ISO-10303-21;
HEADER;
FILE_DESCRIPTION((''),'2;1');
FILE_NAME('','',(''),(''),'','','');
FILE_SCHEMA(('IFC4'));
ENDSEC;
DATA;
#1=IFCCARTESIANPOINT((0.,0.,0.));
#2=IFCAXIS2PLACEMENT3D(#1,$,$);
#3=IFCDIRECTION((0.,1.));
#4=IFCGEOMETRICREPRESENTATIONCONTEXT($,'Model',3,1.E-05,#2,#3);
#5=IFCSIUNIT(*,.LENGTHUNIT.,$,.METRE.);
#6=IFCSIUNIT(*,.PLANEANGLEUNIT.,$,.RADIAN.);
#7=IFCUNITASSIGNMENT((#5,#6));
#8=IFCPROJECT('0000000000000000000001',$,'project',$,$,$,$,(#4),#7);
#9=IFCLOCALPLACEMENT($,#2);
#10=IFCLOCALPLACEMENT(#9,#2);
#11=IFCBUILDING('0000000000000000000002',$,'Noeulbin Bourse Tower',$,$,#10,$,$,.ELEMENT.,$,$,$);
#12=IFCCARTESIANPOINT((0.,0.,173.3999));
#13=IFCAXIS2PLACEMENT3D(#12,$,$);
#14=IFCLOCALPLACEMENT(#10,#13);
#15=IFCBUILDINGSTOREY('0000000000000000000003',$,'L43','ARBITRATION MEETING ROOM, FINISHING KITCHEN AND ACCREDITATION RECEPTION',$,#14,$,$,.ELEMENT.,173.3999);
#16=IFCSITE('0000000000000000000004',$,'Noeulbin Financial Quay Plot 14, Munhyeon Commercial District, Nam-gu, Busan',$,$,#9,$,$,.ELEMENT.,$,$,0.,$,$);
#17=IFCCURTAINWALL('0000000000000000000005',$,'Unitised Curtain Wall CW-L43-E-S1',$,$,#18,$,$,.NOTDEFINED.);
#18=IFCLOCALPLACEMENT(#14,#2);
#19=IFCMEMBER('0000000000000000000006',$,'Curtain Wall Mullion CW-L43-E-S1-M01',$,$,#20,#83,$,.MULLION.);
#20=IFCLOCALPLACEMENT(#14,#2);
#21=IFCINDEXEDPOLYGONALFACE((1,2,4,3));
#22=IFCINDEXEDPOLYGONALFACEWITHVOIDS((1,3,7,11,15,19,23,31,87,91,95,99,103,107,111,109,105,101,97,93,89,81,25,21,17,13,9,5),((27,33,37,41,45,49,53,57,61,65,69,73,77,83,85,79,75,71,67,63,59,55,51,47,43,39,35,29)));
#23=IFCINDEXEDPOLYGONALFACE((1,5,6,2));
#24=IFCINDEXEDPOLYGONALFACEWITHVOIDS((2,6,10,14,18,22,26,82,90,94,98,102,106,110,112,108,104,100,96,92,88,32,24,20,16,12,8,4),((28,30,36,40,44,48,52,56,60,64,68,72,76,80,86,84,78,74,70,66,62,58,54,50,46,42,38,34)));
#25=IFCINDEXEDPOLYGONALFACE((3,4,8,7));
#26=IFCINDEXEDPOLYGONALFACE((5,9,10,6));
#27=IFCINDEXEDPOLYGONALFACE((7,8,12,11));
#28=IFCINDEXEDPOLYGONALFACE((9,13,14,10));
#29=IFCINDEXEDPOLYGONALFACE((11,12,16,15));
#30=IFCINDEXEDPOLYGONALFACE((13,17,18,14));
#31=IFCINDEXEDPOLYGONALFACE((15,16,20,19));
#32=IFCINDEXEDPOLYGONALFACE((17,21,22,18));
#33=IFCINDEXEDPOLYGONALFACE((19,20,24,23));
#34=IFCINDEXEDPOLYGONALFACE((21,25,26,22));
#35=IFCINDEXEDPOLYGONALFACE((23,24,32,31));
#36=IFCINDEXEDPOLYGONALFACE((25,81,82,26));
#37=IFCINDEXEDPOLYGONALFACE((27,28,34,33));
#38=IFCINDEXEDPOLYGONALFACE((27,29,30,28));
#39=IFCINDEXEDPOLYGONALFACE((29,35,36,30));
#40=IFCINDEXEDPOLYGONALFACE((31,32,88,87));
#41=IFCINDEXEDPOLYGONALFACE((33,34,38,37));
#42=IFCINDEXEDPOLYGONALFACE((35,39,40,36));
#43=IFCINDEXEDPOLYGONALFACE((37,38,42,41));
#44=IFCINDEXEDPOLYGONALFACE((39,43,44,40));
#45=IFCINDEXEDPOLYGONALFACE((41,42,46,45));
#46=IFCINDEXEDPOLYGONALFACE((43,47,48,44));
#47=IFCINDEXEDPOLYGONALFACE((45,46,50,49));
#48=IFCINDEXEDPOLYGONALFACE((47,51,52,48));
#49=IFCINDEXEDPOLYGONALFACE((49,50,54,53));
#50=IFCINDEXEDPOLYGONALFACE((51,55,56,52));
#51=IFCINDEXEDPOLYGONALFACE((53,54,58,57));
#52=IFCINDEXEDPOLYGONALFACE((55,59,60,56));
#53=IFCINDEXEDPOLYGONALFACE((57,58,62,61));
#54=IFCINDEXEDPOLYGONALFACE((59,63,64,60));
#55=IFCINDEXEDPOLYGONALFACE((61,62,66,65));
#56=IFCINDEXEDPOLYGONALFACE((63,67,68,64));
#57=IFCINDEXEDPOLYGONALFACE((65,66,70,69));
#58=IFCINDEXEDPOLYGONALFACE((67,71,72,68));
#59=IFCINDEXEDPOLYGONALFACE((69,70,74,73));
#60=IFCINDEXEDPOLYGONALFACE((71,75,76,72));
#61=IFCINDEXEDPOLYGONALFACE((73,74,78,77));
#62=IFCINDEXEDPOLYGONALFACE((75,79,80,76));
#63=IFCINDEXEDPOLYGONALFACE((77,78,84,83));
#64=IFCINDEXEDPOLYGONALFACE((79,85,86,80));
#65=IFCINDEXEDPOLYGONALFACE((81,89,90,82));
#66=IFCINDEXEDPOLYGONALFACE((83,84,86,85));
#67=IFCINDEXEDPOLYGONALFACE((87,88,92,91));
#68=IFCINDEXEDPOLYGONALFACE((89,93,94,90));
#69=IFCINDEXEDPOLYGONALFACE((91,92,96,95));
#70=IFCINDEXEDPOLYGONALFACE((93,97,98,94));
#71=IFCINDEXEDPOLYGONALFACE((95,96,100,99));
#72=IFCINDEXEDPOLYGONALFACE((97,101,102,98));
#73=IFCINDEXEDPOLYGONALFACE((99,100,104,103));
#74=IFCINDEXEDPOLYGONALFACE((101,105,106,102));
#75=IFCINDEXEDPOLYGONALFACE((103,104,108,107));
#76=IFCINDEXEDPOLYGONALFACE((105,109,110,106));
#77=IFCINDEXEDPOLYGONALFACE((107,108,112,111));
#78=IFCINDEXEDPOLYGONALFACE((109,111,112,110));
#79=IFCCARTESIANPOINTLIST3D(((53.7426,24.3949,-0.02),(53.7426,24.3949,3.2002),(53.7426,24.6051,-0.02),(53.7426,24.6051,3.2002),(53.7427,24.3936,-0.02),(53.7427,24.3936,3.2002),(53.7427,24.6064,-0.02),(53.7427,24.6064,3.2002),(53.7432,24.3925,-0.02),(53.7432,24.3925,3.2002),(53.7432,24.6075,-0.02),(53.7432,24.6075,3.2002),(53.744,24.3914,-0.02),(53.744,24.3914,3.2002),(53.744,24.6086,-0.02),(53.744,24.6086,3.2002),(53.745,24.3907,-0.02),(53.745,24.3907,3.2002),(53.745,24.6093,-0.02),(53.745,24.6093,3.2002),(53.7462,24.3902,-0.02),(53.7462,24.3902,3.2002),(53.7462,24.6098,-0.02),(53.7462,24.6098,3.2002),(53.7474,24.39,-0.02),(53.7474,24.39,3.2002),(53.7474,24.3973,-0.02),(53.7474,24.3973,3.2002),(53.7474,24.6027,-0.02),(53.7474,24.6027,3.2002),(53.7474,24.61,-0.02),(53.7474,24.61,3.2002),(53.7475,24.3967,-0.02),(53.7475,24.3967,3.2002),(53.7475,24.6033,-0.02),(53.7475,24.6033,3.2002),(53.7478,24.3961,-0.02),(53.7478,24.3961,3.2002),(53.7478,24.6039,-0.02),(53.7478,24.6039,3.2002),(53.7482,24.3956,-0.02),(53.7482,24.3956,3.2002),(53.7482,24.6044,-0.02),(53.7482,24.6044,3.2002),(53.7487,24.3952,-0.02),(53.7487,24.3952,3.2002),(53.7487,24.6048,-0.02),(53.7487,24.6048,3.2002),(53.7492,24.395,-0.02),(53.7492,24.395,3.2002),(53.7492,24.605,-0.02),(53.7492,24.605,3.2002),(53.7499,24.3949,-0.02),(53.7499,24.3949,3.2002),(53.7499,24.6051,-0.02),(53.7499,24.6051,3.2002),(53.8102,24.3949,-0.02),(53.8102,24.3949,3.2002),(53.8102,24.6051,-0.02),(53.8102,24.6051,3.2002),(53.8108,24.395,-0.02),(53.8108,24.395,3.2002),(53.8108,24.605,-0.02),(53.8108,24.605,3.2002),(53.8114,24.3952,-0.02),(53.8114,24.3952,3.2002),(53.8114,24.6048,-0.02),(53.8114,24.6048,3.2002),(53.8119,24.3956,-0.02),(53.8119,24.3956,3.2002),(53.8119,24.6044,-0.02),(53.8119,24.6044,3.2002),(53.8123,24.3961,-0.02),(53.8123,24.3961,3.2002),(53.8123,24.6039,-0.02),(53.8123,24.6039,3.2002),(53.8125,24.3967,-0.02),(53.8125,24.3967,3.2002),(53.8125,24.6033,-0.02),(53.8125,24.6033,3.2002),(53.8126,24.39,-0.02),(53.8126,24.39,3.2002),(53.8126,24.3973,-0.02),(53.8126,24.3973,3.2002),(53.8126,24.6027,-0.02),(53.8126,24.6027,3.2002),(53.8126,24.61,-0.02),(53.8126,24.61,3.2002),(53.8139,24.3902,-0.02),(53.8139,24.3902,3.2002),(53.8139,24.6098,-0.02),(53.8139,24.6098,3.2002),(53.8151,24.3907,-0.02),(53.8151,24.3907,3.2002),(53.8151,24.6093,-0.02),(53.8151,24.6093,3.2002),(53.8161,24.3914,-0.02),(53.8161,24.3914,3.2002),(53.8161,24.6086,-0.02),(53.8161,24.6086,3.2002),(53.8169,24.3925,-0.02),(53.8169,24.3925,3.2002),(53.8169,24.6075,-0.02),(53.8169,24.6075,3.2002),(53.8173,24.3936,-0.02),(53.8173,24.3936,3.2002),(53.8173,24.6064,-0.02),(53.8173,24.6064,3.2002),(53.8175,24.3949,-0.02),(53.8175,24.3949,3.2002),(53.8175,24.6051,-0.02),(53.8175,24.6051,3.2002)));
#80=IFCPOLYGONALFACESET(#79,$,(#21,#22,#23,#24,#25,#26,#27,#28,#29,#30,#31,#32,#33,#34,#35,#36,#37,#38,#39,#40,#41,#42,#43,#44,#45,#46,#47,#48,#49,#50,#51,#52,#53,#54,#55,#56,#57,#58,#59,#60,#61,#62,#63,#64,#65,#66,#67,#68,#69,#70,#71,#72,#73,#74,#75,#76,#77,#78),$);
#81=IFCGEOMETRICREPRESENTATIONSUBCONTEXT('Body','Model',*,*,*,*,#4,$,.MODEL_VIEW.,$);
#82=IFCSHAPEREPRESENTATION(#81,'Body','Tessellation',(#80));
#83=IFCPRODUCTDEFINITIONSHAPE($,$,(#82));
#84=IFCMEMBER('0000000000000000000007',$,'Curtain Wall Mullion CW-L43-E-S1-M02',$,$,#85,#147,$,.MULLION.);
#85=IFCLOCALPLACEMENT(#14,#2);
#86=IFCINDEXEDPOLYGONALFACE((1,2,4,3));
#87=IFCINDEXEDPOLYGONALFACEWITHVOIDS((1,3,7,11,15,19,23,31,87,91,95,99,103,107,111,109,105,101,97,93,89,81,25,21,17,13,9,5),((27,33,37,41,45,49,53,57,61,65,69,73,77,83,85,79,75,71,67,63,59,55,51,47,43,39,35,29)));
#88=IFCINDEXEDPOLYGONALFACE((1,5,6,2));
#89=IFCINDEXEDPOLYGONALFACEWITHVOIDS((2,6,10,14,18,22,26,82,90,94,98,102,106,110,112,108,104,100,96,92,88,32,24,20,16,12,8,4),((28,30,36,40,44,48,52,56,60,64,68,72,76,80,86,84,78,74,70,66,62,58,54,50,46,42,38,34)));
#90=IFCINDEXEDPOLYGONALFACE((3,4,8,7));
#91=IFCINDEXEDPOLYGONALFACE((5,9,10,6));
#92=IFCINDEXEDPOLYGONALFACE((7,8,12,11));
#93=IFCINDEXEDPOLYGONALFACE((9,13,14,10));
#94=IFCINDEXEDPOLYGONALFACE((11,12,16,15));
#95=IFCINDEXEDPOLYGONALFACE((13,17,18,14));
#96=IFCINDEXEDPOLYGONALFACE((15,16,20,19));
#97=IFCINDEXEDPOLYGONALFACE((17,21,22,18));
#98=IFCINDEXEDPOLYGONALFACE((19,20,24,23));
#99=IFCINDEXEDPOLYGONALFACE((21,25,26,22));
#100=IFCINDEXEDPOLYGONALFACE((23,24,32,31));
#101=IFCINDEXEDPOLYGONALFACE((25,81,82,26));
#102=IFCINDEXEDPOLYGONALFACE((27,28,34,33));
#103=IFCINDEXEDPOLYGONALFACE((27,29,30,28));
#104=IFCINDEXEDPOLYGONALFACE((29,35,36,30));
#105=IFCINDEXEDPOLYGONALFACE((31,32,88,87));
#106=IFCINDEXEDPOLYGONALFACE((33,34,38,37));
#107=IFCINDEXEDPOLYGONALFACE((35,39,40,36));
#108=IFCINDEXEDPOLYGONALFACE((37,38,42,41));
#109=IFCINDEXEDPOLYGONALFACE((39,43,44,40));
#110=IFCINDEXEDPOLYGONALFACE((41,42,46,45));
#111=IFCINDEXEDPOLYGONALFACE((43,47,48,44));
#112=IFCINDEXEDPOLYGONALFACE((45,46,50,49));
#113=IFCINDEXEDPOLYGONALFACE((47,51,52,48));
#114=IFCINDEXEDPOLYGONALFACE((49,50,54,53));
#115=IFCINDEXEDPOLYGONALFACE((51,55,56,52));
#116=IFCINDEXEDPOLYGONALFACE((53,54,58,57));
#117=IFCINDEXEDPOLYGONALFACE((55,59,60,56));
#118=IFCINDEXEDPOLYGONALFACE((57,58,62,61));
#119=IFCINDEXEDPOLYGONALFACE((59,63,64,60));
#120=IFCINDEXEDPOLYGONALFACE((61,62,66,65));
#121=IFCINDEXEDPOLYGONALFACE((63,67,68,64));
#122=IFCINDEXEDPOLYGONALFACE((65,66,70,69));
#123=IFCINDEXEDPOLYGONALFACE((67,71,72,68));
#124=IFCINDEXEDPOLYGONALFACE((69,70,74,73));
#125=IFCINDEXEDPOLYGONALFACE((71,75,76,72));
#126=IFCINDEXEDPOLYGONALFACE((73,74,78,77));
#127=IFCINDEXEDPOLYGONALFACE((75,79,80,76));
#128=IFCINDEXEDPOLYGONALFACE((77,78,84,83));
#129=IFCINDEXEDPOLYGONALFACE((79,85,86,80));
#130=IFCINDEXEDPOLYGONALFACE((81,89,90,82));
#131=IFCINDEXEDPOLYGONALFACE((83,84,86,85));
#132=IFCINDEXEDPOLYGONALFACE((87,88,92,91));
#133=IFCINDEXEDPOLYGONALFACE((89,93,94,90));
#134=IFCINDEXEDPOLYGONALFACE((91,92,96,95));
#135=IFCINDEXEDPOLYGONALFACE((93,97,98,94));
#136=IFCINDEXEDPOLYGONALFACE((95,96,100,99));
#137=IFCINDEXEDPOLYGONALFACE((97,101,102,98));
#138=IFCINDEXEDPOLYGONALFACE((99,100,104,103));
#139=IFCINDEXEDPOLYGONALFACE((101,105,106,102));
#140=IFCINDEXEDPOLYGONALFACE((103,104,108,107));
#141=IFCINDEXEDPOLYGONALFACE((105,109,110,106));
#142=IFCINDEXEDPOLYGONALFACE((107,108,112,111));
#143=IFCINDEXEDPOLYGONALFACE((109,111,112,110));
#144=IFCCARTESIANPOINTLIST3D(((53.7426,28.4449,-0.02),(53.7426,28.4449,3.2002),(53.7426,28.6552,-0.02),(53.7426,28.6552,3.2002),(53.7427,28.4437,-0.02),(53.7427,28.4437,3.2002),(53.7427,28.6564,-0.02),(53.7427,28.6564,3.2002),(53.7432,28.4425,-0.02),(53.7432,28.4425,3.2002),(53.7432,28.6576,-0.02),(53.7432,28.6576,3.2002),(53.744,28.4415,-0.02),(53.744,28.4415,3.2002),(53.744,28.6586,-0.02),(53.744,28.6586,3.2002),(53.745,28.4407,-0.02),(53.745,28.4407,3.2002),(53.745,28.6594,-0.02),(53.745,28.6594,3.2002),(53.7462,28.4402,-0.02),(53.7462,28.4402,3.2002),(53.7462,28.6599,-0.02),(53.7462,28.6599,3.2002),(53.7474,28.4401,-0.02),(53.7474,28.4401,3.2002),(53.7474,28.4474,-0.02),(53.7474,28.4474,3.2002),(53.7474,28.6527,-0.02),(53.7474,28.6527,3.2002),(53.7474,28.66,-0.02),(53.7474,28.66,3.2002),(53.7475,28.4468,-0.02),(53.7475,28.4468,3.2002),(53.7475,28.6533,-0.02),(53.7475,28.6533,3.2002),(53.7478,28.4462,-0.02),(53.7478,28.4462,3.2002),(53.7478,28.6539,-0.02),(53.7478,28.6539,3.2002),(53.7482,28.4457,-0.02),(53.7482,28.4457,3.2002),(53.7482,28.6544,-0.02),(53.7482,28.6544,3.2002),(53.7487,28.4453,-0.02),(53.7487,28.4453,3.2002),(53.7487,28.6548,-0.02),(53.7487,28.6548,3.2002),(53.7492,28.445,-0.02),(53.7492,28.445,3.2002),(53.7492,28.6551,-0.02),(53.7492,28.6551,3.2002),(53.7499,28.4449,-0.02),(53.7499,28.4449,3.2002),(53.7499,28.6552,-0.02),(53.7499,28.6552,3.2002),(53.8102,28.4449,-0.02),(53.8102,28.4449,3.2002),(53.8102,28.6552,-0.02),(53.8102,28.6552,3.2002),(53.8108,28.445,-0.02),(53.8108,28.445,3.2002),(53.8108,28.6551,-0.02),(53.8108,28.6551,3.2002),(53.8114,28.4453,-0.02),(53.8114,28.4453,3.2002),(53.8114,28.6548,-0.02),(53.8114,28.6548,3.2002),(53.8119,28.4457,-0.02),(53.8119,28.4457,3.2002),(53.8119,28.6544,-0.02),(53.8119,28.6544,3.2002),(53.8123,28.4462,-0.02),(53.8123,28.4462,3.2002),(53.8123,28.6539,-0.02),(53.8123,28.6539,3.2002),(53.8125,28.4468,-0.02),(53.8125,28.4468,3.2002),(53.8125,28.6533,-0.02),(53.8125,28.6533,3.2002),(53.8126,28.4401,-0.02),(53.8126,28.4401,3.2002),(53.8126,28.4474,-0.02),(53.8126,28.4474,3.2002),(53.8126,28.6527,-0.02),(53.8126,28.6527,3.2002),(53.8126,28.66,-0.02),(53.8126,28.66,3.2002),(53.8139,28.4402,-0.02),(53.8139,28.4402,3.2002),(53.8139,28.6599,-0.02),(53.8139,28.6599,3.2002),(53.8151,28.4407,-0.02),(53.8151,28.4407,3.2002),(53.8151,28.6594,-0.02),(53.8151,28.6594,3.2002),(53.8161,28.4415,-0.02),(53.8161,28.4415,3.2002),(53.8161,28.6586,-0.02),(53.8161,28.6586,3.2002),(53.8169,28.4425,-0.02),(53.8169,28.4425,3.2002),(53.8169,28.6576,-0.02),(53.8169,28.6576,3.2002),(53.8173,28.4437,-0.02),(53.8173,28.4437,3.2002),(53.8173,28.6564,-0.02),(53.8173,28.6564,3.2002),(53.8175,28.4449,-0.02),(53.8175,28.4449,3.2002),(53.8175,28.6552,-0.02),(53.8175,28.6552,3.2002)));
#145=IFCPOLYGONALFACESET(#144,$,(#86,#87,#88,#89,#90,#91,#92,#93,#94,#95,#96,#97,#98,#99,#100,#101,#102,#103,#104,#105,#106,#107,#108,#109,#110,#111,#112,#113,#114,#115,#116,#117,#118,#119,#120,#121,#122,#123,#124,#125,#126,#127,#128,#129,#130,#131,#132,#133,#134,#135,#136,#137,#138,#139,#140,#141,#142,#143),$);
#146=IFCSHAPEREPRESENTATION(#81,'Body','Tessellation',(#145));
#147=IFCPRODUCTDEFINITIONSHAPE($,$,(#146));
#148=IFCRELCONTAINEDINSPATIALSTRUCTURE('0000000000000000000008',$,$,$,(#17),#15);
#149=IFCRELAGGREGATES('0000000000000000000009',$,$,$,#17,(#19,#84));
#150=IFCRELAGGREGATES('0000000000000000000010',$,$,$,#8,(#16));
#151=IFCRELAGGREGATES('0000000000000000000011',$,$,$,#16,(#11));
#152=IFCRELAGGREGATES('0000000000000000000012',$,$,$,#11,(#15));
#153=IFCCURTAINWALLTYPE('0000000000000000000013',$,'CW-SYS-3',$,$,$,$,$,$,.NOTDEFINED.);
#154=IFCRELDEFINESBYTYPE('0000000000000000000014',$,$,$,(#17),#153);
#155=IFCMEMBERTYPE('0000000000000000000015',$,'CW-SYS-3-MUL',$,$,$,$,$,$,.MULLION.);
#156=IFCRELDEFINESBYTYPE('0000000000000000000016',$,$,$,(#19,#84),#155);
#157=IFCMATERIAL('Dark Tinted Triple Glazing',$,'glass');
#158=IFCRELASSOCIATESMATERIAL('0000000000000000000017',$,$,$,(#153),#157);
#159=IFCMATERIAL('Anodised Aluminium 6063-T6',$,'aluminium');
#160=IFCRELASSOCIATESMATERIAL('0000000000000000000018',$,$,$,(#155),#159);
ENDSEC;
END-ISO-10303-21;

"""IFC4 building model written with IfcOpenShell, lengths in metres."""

from ifc_helpers import new_model, si_unit, direction, frame, origin, origin_2d, place, context, subcontext, project, spatial, hollow_rectangle, extrude, material, material_profile, profile_set, type_object, element, aggregate, save


model = new_model("IFC4")

# Units and contexts
model_context = context("Model", 3, precision=1e-05, world=origin(), true_north=direction((0.0, 1.0)))
body_context = subcontext(model_context, "Body", "Model", "MODEL_VIEW")
ifc_project = project(units=[si_unit("LENGTHUNIT", "METRE"), si_unit("PLANEANGLEUNIT", "RADIAN")], contexts=[model_context])

# Site, building, storey
site_placement = place(None, origin())
site = spatial("IfcSite", under=ifc_project, at=site_placement, Name="Noeulbin Financial Quay Plot 14, Munhyeon Commercial District, Nam-gu, Busan", CompositionType="ELEMENT", RefElevation=0.0)
building_placement = place(site_placement, origin())
building = spatial("IfcBuilding", under=site, at=building_placement, Name="Noeulbin Bourse Tower", CompositionType="ELEMENT")
storey_placement = place(building_placement, frame((0.0, 0.0, 173.3999)))
storey = spatial("IfcBuildingStorey", under=building, at=storey_placement, Name="L43", Description="ARBITRATION MEETING ROOM, FINISHING KITCHEN AND ACCREDITATION RECEPTION", CompositionType="ELEMENT", Elevation=173.3999)

# Curtain wall, members
ifc_material_1 = material(Name="Dark Tinted Triple Glazing", Category="glass")
curtain_wall_type = type_object("IfcCurtainWallType", Name="CW-SYS-3", PredefinedType="NOTDEFINED", material=ifc_material_1)
ifc_material_2 = material(Name="Anodised Aluminium 6063-T6", Category="aluminium")
ifc_material_profile_1 = material_profile(ifc_material_2, hollow_rectangle(XDim=0.075, YDim=0.22, WallThickness=0.0049, InnerFilletRadius=0.0024, OuterFilletRadius=0.0049, at=origin_2d()), Name="ALU-MULL-75x220x5", Category="LoadBearing")
ifc_profile_set_1 = profile_set([ifc_material_profile_1], Name="Anodised Aluminium 6063-T6")
member_type_1 = type_object("IfcMemberType", Name="CW-SYS-3-MUL", PredefinedType="MULLION", material=ifc_profile_set_1)
curtain_wall_1_placement = place(storey_placement, origin())
curtain_wall_1 = element("IfcCurtainWall", 1, at=curtain_wall_1_placement, inside=storey, type_object=curtain_wall_type, Name="Unitised Curtain Wall CW-L43-E-S1", PredefinedType="NOTDEFINED")
member_1_placement = place(storey_placement, frame((53.78, 24.5, -0.02), z_axis=(0.0, 0.0, 1.0), x_axis=(1.0, 0.0, 0.0)))
member_1 = element("IfcMember", 2, at=member_1_placement, type_object=member_type_1, Name="Curtain Wall Mullion CW-L43-E-S1-M01", PredefinedType="MULLION", context=body_context, shape_type="SweptSolid", body=[
    extrude(hollow_rectangle(XDim=0.075, YDim=0.22, WallThickness=0.0049, InnerFilletRadius=0.0024, OuterFilletRadius=0.0049, at=origin_2d()), origin(), (0.0, 0.0, 1.0), 3.2202),
])
member_2_placement = place(storey_placement, frame((53.78, 28.55, -0.02), z_axis=(0.0, 0.0, 1.0), x_axis=(1.0, 0.0, 0.0)))
member_2 = element("IfcMember", 3, at=member_2_placement, type_object=member_type_1, Name="Curtain Wall Mullion CW-L43-E-S1-M02", PredefinedType="MULLION", context=body_context, shape_type="SweptSolid", body=[
    extrude(hollow_rectangle(XDim=0.075, YDim=0.22, WallThickness=0.0049, InnerFilletRadius=0.0024, OuterFilletRadius=0.0049, at=origin_2d()), origin(), (0.0, 0.0, 1.0), 3.2202),
])

aggregate(curtain_wall_1, [member_1, member_2])

save(model, "model.ifc")
